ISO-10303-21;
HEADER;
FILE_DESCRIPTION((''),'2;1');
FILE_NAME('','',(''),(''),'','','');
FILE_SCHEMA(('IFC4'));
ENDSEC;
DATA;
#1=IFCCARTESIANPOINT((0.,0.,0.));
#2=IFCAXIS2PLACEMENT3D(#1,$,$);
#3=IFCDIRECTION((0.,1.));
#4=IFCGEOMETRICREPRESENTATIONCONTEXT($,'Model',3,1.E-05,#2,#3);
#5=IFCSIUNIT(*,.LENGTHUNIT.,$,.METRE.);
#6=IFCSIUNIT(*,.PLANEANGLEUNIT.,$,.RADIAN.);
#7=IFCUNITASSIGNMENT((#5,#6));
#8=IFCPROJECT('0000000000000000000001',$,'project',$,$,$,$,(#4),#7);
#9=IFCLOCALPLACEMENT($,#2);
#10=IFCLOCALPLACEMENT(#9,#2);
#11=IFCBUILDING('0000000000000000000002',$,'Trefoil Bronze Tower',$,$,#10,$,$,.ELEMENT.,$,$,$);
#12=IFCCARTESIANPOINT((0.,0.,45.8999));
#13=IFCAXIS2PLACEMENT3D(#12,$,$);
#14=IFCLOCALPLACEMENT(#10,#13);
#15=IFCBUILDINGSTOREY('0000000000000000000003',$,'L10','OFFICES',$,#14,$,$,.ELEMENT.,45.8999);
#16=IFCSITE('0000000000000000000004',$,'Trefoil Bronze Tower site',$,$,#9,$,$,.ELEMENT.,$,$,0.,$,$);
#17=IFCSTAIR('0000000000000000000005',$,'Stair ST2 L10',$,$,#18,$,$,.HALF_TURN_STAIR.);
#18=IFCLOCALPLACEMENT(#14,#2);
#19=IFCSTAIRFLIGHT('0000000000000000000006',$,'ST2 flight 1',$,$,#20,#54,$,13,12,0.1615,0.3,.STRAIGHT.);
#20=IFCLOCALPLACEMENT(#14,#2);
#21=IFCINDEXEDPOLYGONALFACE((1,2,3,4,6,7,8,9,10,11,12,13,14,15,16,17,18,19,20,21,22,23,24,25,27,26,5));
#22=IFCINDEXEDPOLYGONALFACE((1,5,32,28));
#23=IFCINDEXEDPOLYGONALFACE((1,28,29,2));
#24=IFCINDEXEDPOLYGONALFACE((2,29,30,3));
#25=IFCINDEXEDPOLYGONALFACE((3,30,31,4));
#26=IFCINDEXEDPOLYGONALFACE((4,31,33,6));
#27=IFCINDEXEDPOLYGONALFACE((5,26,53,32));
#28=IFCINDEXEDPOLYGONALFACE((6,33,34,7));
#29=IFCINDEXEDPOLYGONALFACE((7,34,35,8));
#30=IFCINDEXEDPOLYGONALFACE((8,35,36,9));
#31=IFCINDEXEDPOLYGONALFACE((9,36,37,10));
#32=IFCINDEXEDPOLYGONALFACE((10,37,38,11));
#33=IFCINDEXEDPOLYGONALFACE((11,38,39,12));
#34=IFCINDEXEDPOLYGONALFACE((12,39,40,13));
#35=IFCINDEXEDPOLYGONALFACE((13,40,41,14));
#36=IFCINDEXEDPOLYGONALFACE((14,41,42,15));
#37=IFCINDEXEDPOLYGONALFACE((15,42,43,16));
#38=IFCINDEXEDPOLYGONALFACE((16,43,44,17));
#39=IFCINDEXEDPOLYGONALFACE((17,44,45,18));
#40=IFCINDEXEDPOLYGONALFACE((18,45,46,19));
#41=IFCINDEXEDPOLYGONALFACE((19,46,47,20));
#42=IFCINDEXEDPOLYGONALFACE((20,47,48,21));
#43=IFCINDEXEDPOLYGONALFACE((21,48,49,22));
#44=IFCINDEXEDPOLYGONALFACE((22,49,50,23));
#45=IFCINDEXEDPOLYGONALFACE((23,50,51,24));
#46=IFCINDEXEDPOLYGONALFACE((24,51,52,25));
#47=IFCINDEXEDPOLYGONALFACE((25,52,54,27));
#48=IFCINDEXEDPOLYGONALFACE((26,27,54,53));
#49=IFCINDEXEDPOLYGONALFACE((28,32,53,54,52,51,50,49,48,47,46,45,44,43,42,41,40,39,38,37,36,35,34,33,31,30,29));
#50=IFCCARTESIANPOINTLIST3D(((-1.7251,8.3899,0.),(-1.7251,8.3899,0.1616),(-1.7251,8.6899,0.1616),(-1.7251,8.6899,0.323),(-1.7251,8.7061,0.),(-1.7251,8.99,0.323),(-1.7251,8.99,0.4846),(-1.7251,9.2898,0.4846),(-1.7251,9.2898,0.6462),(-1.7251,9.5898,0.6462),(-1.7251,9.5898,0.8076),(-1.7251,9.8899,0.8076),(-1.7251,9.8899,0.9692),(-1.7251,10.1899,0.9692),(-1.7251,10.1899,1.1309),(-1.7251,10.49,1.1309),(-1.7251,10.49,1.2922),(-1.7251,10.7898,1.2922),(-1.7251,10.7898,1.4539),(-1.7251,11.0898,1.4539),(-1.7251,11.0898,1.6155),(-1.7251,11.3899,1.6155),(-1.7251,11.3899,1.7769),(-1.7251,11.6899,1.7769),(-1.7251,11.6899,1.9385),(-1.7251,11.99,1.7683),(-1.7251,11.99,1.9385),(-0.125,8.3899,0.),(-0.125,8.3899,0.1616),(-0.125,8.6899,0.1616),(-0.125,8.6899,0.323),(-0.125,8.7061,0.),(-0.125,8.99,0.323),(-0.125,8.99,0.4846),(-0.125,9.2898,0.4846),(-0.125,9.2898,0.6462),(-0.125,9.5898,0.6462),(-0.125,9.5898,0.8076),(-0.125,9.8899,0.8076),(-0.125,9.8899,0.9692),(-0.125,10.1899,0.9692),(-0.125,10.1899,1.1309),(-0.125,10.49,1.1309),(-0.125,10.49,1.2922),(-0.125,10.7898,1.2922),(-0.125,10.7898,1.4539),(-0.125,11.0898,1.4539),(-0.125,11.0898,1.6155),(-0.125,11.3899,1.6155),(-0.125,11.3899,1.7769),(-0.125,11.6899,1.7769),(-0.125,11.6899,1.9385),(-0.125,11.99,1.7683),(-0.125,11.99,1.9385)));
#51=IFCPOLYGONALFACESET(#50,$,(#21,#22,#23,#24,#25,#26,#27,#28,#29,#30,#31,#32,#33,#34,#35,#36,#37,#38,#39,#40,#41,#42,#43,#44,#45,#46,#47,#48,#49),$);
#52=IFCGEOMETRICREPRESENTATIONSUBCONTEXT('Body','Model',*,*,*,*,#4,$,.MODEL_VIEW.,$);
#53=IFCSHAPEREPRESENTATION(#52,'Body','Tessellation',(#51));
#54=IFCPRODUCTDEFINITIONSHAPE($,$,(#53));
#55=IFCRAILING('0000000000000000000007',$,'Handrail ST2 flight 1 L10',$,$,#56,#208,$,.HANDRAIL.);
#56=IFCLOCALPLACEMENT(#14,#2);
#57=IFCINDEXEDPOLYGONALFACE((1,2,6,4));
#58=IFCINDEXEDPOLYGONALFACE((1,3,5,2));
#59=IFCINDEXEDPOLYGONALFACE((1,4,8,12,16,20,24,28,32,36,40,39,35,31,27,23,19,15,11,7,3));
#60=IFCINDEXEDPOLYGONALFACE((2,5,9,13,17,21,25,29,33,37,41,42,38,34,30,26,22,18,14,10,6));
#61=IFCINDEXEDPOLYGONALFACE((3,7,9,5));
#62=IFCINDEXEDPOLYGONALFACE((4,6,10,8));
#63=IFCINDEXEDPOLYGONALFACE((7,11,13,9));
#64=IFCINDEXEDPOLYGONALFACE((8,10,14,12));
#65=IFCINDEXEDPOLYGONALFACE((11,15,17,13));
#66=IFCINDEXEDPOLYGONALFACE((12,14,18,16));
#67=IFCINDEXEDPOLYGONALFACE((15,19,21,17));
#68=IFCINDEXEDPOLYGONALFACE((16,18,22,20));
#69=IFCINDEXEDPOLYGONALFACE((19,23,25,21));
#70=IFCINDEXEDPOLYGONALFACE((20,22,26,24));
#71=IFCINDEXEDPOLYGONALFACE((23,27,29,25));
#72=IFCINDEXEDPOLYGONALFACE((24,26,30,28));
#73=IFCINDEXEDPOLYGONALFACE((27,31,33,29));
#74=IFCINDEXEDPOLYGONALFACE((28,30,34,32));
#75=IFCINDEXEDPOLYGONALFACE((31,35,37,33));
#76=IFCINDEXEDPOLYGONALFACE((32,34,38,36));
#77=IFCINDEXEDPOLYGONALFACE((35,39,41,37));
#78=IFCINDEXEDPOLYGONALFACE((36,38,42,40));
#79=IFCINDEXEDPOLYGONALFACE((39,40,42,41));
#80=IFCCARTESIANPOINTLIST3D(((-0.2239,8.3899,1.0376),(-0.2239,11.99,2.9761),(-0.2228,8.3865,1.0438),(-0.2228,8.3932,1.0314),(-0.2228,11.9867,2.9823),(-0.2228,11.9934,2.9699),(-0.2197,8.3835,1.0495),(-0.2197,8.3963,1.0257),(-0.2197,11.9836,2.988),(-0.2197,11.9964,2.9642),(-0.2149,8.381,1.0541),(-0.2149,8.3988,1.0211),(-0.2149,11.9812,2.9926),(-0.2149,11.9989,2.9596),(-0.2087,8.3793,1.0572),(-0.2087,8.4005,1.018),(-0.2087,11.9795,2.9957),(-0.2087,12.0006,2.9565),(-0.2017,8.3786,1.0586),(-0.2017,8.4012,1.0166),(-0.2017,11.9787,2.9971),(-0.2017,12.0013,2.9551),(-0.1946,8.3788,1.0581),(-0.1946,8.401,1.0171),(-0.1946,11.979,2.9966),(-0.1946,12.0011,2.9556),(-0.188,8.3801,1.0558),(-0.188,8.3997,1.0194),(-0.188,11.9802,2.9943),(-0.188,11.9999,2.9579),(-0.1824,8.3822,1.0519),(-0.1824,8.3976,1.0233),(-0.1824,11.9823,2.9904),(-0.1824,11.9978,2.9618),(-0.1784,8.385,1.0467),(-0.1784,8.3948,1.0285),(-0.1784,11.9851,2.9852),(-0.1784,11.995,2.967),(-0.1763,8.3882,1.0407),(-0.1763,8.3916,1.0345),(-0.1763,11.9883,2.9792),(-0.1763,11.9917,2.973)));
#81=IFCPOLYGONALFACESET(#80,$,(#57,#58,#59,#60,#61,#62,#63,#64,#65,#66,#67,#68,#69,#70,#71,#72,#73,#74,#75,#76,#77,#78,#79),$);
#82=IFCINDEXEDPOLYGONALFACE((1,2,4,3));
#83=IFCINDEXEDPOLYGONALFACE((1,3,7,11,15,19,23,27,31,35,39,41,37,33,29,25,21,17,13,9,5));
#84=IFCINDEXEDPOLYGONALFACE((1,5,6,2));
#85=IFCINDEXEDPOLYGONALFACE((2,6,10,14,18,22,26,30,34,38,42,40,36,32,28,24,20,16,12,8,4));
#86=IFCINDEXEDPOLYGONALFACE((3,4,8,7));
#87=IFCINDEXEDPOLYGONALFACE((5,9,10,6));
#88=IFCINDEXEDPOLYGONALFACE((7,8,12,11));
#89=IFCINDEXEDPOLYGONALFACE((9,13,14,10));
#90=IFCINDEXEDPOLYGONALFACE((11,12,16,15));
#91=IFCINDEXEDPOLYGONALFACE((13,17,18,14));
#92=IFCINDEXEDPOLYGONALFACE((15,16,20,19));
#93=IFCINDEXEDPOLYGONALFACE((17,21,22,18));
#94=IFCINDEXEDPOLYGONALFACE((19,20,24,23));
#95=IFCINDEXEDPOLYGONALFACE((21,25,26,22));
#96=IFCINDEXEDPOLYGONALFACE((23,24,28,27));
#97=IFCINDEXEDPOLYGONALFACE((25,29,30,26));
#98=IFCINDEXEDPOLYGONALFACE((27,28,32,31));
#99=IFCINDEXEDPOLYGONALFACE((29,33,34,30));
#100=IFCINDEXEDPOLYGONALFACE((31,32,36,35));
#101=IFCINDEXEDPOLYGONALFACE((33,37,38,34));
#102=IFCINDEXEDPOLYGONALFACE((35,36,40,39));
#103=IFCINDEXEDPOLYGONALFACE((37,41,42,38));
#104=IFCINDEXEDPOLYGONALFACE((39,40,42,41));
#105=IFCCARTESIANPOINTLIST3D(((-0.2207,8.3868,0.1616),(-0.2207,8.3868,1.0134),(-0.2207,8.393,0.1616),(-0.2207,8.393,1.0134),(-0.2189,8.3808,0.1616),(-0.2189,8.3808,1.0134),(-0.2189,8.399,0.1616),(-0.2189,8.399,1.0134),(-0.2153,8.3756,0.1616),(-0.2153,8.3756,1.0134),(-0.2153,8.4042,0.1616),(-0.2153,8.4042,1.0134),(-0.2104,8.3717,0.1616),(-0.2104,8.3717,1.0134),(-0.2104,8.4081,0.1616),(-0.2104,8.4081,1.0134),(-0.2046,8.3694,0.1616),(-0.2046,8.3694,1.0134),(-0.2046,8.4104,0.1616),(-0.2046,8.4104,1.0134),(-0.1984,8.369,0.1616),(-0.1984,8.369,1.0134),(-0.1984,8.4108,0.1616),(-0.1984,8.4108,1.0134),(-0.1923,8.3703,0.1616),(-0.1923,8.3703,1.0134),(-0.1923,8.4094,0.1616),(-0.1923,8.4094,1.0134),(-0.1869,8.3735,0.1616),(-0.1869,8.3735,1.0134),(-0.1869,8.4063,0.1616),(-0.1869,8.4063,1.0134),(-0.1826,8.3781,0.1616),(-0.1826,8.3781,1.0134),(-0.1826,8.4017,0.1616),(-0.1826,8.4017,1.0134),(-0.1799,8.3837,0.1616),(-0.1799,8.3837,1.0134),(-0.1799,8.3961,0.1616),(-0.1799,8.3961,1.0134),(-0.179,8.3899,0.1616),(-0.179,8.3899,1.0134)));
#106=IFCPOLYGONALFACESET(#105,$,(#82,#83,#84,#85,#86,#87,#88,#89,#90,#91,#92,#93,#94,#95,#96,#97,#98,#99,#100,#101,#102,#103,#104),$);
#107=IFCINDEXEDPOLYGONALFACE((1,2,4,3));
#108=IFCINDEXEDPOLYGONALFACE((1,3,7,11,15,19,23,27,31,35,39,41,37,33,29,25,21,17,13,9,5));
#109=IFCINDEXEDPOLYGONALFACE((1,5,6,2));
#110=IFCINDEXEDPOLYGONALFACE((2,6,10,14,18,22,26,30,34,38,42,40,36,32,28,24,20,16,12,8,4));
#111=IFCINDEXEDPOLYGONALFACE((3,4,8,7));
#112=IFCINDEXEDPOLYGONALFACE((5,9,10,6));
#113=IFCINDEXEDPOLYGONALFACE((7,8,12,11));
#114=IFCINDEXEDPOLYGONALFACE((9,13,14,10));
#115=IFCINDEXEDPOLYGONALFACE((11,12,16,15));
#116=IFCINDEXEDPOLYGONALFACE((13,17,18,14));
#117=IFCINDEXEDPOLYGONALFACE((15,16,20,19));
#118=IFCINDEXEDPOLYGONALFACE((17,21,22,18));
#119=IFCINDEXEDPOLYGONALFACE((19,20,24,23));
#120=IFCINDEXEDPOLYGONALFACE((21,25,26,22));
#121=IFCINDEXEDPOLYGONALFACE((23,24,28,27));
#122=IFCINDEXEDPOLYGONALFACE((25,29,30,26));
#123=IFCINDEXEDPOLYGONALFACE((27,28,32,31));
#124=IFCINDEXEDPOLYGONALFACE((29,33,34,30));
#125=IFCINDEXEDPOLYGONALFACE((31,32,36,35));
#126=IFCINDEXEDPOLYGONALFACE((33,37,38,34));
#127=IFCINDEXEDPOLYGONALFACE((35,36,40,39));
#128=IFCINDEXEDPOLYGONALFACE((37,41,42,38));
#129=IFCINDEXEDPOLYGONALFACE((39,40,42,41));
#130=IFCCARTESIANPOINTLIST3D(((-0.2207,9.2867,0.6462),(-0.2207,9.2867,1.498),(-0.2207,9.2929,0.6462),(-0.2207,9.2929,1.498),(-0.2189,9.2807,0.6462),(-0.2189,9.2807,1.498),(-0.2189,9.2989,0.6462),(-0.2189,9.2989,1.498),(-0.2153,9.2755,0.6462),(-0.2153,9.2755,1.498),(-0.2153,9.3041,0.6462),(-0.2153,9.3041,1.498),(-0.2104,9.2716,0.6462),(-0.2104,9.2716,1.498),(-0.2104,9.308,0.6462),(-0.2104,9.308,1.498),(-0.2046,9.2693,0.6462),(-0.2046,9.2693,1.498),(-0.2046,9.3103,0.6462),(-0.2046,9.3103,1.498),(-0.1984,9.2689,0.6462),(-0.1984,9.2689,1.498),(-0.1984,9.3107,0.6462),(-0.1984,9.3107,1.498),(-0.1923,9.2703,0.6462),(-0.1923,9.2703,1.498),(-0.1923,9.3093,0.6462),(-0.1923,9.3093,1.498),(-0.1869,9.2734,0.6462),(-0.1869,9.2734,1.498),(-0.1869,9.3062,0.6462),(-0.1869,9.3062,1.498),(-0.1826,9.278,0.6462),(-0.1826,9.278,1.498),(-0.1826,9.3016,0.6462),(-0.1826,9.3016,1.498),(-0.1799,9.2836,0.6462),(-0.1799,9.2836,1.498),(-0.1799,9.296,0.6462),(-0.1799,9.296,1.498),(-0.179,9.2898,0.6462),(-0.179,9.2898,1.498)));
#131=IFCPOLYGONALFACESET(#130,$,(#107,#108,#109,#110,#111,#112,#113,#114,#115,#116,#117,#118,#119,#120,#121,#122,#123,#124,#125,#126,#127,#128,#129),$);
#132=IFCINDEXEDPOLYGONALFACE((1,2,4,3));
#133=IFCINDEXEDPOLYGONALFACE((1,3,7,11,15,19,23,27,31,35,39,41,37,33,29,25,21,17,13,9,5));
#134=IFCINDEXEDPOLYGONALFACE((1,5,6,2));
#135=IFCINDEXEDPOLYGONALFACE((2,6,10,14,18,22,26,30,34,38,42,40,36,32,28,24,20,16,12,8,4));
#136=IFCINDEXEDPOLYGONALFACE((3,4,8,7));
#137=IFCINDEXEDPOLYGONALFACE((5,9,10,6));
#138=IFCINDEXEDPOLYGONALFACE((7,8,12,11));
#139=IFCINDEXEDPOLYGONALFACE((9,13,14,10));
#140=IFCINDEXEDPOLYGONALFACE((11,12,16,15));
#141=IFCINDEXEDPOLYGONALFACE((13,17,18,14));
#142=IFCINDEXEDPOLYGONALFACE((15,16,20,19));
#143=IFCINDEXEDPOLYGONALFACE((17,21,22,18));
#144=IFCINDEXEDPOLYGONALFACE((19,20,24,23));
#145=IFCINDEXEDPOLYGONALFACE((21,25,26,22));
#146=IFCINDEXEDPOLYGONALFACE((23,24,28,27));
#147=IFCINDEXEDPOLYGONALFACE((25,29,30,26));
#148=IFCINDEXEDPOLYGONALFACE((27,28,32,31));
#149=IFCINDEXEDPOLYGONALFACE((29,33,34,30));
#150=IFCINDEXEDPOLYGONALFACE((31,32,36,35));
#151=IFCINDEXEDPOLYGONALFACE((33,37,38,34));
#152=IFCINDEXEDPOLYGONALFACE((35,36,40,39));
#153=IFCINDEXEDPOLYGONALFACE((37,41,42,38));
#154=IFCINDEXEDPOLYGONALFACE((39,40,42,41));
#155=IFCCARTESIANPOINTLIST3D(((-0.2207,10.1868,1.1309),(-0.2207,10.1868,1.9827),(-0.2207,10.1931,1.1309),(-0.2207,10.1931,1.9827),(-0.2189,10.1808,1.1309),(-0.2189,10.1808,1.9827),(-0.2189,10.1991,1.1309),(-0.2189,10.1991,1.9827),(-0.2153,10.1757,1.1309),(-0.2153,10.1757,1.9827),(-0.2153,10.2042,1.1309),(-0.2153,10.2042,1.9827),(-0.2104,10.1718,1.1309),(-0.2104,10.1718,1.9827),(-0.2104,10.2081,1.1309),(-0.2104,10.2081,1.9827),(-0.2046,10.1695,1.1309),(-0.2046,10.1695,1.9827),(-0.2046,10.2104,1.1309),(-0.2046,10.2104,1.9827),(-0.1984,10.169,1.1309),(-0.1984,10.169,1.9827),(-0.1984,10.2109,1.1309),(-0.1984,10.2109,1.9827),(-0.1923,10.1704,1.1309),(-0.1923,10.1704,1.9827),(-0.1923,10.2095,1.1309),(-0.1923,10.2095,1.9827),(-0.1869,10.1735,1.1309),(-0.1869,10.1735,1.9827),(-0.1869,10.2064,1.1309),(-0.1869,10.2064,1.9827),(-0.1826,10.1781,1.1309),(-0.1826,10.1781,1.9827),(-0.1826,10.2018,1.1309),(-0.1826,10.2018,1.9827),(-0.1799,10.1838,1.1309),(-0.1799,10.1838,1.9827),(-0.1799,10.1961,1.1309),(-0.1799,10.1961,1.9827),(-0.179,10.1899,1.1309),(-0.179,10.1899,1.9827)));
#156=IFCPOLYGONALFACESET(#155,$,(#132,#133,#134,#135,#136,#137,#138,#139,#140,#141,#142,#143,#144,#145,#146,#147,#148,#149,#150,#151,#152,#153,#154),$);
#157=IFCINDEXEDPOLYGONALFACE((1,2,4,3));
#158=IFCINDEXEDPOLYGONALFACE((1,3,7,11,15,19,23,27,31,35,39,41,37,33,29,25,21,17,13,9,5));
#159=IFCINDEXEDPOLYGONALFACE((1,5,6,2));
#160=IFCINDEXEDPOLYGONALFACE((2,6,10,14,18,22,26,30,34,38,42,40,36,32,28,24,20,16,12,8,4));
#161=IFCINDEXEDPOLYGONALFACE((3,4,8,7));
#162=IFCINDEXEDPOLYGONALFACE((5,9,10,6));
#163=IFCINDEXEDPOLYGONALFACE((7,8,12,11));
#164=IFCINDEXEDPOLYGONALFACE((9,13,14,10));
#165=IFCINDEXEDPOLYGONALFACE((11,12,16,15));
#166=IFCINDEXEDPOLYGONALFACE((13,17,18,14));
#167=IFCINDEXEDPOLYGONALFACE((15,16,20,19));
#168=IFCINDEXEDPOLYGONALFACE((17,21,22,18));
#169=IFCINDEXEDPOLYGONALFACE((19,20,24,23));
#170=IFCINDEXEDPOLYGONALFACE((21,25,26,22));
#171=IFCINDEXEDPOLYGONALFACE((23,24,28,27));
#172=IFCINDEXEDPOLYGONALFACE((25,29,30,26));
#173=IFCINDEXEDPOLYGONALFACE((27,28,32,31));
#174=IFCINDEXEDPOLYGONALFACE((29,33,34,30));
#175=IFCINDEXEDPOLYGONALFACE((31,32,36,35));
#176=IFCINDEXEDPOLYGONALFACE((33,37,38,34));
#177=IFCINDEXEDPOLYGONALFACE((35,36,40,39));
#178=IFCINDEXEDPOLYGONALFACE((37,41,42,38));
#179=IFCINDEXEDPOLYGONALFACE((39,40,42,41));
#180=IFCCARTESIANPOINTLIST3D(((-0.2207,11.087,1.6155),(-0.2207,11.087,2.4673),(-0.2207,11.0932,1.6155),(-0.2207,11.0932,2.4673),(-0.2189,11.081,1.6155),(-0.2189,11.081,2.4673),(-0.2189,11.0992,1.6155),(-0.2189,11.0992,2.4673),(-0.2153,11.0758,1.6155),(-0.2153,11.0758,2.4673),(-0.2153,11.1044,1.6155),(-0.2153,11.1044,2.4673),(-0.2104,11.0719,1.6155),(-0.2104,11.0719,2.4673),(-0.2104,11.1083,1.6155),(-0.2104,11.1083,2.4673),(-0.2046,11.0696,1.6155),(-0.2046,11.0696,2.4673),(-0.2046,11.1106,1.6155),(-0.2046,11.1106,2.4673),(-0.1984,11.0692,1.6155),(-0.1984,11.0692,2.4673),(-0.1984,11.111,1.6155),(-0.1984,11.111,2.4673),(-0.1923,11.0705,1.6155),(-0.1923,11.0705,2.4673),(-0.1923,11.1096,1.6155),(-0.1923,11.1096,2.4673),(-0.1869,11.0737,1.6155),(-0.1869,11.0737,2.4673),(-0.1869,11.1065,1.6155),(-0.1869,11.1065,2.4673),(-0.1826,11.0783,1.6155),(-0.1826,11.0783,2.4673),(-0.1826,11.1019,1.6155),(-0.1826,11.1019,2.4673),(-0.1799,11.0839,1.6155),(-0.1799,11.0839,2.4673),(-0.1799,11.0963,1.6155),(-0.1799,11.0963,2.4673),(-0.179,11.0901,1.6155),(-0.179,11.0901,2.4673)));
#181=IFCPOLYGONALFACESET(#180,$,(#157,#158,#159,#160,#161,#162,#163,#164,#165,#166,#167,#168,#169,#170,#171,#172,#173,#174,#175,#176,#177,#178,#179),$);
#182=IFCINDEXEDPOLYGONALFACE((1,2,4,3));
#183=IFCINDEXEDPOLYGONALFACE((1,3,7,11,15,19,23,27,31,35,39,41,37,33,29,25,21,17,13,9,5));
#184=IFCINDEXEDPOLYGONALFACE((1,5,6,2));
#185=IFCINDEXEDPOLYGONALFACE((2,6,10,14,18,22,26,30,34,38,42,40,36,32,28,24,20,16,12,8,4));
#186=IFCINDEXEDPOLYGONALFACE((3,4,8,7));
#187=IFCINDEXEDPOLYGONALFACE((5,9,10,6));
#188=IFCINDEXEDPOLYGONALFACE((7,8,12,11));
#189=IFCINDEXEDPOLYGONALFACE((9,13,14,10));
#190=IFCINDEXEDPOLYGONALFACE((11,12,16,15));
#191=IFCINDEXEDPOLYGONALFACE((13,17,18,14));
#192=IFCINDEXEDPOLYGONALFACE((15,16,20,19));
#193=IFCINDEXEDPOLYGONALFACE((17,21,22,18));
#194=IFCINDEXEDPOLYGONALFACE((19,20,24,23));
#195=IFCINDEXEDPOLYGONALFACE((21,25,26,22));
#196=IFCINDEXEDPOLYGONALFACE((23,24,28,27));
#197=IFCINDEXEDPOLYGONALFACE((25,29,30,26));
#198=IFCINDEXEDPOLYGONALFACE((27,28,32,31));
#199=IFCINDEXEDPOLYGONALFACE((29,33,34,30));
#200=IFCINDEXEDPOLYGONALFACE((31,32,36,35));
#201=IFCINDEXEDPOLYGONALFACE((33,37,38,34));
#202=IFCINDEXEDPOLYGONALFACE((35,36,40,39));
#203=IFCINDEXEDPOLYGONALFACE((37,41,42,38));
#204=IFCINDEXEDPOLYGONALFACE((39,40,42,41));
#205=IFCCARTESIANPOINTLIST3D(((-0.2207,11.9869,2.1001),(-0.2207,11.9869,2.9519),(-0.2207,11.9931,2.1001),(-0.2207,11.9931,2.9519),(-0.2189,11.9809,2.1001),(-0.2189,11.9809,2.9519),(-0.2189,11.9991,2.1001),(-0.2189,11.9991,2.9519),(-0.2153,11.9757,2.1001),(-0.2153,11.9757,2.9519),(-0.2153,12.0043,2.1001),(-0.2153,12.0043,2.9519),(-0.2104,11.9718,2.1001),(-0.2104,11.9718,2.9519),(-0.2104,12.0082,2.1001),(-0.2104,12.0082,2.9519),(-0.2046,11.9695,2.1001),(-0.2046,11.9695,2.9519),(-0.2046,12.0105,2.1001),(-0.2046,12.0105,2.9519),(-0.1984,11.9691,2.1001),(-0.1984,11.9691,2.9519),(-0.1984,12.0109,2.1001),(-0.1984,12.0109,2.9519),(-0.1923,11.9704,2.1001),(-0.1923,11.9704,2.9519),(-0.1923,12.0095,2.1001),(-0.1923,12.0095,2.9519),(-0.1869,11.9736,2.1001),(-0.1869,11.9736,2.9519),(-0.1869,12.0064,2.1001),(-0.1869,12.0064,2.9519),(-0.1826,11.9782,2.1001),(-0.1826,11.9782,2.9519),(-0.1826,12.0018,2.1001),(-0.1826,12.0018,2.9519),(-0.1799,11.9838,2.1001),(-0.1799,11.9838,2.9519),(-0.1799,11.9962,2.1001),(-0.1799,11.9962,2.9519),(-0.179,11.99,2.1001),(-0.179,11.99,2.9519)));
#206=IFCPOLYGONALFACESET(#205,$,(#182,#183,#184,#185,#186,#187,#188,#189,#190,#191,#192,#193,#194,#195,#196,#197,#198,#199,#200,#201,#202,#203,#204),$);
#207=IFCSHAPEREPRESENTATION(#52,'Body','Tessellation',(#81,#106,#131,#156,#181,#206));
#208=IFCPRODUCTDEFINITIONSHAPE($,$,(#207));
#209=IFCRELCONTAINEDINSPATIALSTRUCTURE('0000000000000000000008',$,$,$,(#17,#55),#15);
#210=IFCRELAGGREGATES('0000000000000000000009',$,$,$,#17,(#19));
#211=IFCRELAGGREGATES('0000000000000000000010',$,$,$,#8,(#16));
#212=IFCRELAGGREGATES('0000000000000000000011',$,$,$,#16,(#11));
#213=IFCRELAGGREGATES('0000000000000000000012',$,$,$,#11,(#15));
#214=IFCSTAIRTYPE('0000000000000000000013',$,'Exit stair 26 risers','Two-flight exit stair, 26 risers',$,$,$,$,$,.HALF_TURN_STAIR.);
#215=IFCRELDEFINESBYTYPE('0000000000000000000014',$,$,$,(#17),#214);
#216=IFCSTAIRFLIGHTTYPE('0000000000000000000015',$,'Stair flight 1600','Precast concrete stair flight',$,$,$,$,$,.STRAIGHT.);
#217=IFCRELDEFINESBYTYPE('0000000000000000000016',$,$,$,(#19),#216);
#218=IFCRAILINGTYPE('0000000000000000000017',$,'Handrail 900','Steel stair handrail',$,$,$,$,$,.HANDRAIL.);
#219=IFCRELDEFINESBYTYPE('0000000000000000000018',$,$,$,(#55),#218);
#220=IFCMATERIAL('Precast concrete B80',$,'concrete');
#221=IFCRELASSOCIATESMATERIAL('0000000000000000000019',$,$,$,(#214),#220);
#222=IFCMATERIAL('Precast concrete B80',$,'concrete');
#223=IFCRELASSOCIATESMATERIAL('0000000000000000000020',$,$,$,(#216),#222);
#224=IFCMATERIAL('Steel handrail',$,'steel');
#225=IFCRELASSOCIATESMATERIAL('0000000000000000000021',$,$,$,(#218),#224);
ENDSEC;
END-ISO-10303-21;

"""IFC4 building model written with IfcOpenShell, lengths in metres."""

from ifc_helpers import new_model, si_unit, direction, frame, origin, origin_2d, place, context, subcontext, project, spatial, polyline, circle, outline, extrude, material, type_object, element, aggregate, save


model = new_model("IFC4")

# Units and contexts
model_context = context("Model", 3, precision=1e-05, world=origin(), true_north=direction((0.0, 1.0)))
body_context = subcontext(model_context, "Body", "Model", "MODEL_VIEW")
ifc_project = project(units=[si_unit("LENGTHUNIT", "METRE"), si_unit("PLANEANGLEUNIT", "RADIAN")], contexts=[model_context])

# Site, building, storey
site_placement = place(None, origin())
site = spatial("IfcSite", under=ifc_project, at=site_placement, Name="Trefoil Bronze Tower site", CompositionType="ELEMENT", RefElevation=0.0)
building_placement = place(site_placement, origin())
building = spatial("IfcBuilding", under=site, at=building_placement, Name="Trefoil Bronze Tower", CompositionType="ELEMENT")
storey_placement = place(building_placement, frame((0.0, 0.0, 45.8999)))
storey = spatial("IfcBuildingStorey", under=building, at=storey_placement, Name="L10", Description="OFFICES", CompositionType="ELEMENT", Elevation=45.8999)

# Stair
ifc_material_1 = material(Name="Precast concrete B80", Category="concrete")
stair_type = type_object("IfcStairType", Name="Exit stair 26 risers", Description="Two-flight exit stair, 26 risers", PredefinedType="HALF_TURN_STAIR", material=ifc_material_1)
stair_1_placement = place(storey_placement, origin())
stair_1 = element("IfcStair", 1, at=stair_1_placement, inside=storey, type_object=stair_type, Name="Stair ST2 L10", PredefinedType="HALF_TURN_STAIR")

# Stair flight
ifc_material_2 = material(Name="Precast concrete B80", Category="concrete")
stair_flight_type = type_object("IfcStairFlightType", Name="Stair flight 1600", Description="Precast concrete stair flight", PredefinedType="STRAIGHT", material=ifc_material_2)
stair_flight_placement = place(storey_placement, frame((-0.925, 8.3899, 0.0), z_axis=(0.0, 0.0, 1.0), x_axis=(0.0, 1.0, 0.0)))
stair_flight = element("IfcStairFlight", 2, at=stair_flight_placement, type_object=stair_flight_type, Name="ST2 flight 1", NumberOfRisers=13, NumberOfTreads=12, PredefinedType="STRAIGHT", RiserHeight=0.1615, TreadLength=0.3, context=body_context, shape_type="SweptSolid", body=[
    extrude(outline(polyline([(0.0, 0.0), (0.0, 0.1616), (0.3, 0.1616), (0.3, 0.323), (0.6001, 0.323), (0.6001, 0.4846), (0.8999, 0.4846), (0.8999, 0.6462), (1.2, 0.6462), (1.2, 0.8076), (1.5, 0.8076), (1.5, 0.9692), (1.8, 0.9692), (1.8, 1.1309), (2.1001, 1.1309), (2.1001, 1.2922), (2.3999, 1.2922), (2.3999, 1.4539), (2.7, 1.4539), (2.7, 1.6155), (3.0, 1.6155), (3.0, 1.7769), (3.3, 1.7769), (3.3, 1.9385), (3.6001, 1.9385), (3.6001, 2.1001), (3.6001, 1.7683), (0.3162, 0.0), (0.0, 0.0)])), frame((0.0, 0.8, 0.0), z_axis=(0.0, -1.0, 0.0), x_axis=(1.0, 0.0, 0.0)), (0.0, 0.0, 1.0), 1.6001),
])
aggregate(stair_1, [stair_flight])

# Railing
ifc_material_3 = material(Name="Steel handrail", Category="steel")
railing_type = type_object("IfcRailingType", Name="Handrail 900", Description="Steel stair handrail", PredefinedType="HANDRAIL", material=ifc_material_3)
railing_placement = place(storey_placement, frame((-0.2, 8.3899, 0.1616)))
element("IfcRailing", 3, at=railing_placement, inside=storey, type_object=railing_type, Name="Handrail ST2 flight 1 L10", PredefinedType="HANDRAIL", context=body_context, shape_type="SweptSolid", body=[
    extrude(circle(Radius=0.0239, at=origin_2d()), frame((0.0, 0.0, 0.876), z_axis=(0.0, 0.880475, 0.474093), x_axis=(-1.0, 0.0, 0.0)), (0.0, 0.0, 1.0), 4.0889),
    extrude(circle(Radius=0.021, at=origin_2d()), origin(), (0.0, 0.0, 1.0), 0.8518),
    extrude(circle(Radius=0.021, at=origin_2d()), frame((0.0, 0.8999, 0.4846)), (0.0, 0.0, 1.0), 0.8518),
    extrude(circle(Radius=0.021, at=origin_2d()), frame((0.0, 1.8, 0.9692)), (0.0, 0.0, 1.0), 0.8518),
    extrude(circle(Radius=0.021, at=origin_2d()), frame((0.0, 2.7002, 1.4539)), (0.0, 0.0, 1.0), 0.8518),
    extrude(circle(Radius=0.021, at=origin_2d()), frame((0.0, 3.6001, 1.9385)), (0.0, 0.0, 1.0), 0.8518),
])

save(model, "model.ifc")
